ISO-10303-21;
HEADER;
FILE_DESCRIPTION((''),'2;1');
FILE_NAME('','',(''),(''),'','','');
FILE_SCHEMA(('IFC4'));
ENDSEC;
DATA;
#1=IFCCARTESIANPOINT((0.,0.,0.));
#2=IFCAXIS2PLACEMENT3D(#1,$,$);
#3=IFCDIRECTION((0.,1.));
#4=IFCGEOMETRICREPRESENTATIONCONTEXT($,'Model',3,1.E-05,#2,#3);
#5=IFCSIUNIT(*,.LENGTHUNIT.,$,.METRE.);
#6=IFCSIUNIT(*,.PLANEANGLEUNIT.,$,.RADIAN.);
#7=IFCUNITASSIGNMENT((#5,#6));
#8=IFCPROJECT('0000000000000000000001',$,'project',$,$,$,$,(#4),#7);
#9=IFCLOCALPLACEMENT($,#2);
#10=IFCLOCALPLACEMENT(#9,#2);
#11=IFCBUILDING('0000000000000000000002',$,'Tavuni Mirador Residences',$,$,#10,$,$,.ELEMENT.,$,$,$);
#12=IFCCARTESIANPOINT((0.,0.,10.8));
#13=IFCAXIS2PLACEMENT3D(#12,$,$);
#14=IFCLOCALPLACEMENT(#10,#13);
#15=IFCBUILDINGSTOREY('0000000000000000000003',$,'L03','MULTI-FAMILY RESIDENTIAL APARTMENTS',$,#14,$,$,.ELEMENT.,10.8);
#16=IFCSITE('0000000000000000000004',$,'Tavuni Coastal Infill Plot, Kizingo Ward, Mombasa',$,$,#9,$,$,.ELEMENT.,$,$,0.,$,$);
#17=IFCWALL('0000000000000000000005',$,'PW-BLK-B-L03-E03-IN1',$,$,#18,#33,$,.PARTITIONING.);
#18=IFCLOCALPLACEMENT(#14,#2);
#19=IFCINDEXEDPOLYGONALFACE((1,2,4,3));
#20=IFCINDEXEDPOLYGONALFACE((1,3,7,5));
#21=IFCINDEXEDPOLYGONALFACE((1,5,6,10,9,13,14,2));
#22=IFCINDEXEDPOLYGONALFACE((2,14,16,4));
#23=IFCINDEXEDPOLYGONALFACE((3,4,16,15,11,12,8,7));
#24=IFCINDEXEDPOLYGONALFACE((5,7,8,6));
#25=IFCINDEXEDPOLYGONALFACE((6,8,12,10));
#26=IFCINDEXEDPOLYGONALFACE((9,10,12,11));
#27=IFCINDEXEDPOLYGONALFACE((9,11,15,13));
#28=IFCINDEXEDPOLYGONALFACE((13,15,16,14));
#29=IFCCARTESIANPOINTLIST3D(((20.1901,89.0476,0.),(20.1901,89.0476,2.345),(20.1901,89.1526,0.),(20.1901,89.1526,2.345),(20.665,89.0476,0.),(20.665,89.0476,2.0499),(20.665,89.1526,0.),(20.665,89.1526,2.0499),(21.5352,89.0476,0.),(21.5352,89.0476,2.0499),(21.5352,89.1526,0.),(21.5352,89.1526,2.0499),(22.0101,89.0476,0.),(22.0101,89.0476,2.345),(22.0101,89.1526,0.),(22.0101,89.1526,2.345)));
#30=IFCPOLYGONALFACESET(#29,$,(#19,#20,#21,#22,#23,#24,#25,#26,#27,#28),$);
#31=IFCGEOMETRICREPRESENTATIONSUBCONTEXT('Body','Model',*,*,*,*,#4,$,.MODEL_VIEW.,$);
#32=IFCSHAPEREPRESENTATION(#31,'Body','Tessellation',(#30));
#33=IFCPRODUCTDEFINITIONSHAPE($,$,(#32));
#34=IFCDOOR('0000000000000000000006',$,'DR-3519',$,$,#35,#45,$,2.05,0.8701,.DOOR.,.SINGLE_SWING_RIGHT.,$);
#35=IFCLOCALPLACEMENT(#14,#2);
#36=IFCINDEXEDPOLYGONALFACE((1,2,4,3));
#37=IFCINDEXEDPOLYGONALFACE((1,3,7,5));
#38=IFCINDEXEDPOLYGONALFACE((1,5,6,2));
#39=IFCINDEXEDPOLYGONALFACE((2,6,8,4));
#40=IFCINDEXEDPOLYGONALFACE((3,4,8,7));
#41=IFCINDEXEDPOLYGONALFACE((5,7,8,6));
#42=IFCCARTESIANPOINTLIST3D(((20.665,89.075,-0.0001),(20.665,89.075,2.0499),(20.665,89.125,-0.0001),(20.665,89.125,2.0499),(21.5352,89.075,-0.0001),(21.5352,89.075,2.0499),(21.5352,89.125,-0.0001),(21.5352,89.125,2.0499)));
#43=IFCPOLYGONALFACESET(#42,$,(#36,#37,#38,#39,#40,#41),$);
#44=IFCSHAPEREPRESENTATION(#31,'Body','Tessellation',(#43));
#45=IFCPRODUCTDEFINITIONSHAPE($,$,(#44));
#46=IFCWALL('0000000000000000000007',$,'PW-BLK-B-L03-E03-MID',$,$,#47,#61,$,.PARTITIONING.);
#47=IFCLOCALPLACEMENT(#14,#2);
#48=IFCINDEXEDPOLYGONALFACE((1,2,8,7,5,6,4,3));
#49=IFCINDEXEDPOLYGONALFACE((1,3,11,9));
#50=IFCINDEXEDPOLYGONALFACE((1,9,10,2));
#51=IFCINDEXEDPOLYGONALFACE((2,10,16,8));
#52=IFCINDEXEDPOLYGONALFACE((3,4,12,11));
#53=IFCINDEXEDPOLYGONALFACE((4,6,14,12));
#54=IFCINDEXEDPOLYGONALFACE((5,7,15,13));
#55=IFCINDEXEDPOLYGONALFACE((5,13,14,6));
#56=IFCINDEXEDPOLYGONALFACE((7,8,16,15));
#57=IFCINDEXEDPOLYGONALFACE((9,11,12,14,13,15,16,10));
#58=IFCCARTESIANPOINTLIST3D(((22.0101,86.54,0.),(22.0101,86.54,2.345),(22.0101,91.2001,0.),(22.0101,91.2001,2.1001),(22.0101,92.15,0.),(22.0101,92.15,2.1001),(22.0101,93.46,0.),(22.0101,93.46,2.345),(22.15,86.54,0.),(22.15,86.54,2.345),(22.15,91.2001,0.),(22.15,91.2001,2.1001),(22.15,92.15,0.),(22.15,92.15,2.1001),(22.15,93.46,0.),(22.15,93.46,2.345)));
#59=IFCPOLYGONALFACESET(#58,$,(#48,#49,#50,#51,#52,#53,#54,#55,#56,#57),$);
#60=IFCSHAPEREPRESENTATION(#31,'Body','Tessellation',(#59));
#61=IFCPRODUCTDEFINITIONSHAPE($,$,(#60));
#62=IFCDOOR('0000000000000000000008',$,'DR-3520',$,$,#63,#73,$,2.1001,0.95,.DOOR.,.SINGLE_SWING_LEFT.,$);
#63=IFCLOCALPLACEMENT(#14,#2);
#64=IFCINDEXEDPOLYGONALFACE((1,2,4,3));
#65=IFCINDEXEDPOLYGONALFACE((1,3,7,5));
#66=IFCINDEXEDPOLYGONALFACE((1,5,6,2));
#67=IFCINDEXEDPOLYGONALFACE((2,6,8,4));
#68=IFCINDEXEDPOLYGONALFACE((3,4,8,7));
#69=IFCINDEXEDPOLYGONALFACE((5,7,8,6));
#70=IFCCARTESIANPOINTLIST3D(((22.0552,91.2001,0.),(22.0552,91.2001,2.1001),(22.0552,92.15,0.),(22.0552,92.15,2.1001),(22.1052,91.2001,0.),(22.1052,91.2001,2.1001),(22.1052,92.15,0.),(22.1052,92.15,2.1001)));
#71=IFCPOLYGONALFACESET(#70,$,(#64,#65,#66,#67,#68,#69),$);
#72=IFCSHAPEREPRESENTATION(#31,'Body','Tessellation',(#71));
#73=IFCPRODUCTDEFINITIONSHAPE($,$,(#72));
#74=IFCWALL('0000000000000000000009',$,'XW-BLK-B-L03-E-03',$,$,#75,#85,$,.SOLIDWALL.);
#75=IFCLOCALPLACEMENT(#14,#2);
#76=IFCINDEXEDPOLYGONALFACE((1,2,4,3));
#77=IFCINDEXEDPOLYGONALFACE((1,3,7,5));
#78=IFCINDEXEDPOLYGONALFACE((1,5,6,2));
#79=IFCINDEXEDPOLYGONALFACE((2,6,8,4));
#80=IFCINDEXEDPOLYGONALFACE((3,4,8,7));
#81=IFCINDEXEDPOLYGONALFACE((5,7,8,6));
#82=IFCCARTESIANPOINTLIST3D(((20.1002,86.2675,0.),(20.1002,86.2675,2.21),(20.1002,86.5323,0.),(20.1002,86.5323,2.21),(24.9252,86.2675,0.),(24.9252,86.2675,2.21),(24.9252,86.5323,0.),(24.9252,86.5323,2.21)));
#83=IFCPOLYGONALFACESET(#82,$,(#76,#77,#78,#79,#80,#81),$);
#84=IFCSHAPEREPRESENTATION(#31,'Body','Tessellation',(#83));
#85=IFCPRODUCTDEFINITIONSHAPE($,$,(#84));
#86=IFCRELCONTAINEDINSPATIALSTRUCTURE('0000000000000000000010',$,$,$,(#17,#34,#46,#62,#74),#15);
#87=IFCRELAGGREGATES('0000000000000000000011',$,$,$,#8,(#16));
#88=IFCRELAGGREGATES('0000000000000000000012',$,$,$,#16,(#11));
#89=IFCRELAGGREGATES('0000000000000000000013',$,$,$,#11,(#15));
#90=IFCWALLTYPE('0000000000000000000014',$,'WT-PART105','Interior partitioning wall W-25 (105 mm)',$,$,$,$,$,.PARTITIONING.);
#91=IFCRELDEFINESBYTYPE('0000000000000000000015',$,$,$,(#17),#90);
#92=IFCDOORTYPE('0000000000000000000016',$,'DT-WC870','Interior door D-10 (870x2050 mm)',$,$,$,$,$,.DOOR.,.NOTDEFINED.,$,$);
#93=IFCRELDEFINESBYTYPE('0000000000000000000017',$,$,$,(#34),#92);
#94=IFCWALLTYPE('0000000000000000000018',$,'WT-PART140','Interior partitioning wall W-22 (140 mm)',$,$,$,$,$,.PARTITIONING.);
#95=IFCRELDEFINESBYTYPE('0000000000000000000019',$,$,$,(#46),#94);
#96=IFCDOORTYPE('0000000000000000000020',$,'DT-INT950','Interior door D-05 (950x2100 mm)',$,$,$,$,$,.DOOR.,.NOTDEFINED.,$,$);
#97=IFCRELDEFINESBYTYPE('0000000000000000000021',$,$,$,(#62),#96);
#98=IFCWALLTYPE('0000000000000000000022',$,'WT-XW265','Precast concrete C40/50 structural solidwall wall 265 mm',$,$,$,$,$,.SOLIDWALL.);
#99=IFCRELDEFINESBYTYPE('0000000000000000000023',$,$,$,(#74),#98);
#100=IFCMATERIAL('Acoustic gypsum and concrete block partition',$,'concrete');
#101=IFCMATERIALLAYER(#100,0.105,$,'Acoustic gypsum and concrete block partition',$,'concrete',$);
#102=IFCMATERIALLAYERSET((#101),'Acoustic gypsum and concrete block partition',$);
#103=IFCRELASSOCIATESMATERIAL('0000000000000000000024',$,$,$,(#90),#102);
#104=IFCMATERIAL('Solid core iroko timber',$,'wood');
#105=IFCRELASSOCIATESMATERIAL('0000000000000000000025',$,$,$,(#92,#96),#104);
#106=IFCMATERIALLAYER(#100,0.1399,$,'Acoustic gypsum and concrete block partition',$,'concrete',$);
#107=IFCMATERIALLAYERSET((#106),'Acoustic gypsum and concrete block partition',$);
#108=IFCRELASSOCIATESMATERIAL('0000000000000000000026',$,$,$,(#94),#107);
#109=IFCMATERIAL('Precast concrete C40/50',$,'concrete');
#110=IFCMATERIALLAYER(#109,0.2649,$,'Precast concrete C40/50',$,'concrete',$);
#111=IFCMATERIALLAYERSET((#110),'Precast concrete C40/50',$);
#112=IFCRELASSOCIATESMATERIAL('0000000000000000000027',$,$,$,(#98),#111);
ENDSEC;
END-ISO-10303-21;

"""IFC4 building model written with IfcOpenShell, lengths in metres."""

from ifc_helpers import new_model, si_unit, direction, frame, frame_2d, origin, place, context, subcontext, project, spatial, rectangle, extrude, material, layer, layer_set, type_object, element, fill, save


model = new_model("IFC4")

# Units and contexts
model_context = context("Model", 3, precision=1e-05, world=origin(), true_north=direction((0.0, 1.0)))
body_context = subcontext(model_context, "Body", "Model", "MODEL_VIEW")
ifc_project = project(units=[si_unit("LENGTHUNIT", "METRE"), si_unit("PLANEANGLEUNIT", "RADIAN")], contexts=[model_context])

# Site, building, storey
site_placement = place(None, origin())
site = spatial("IfcSite", under=ifc_project, at=site_placement, Name="Tavuni Coastal Infill Plot, Kizingo Ward, Mombasa", CompositionType="ELEMENT", RefElevation=0.0)
building_placement = place(site_placement, origin())
building = spatial("IfcBuilding", under=site, at=building_placement, Name="Tavuni Mirador Residences", CompositionType="ELEMENT")
storey_placement = place(building_placement, frame((0.0, 0.0, 10.8)))
storey = spatial("IfcBuildingStorey", under=building, at=storey_placement, Name="L03", Description="MULTI-FAMILY RESIDENTIAL APARTMENTS", CompositionType="ELEMENT", Elevation=10.8)

# Shared definitions
ifc_material_1 = material(Name="Precast concrete C40/50", Category="concrete")

# Shared definitions
ifc_material_2 = material(Name="Solid core iroko timber", Category="wood")

# Walls, openings, doors
ifc_material_3 = material(Name="Acoustic gypsum and concrete block partition", Category="concrete")
ifc_layer_1 = layer(ifc_material_3, 0.105, Name="Acoustic gypsum and concrete block partition", Category="concrete")
ifc_layer_set_1 = layer_set([ifc_layer_1], Name="Acoustic gypsum and concrete block partition")
wall_type_1 = type_object("IfcWallType", Name="WT-PART105", Description="Interior partitioning wall W-25 (105 mm)", PredefinedType="PARTITIONING", material=ifc_layer_set_1)
wall_1_placement = place(storey_placement, frame((20.1899, 89.1001, 0.0), z_axis=(0.0, 0.0, 1.0), x_axis=(1.0, 0.0, 0.0)))
wall_1 = element("IfcWall", 1, at=wall_1_placement, inside=storey, type_object=wall_type_1, Name="PW-BLK-B-L03-E03-IN1", PredefinedType="PARTITIONING", context=body_context, shape_type="SweptSolid", body=[
    extrude(rectangle(XDim=1.8201, YDim=0.105, at=frame_2d((0.9102, 0.0))), origin(), (0.0, 0.0, 1.0), 2.345),
])
opening_1_placement = place(wall_1_placement, frame((0.4751, 0.0, 0.0)))
opening_1 = element("IfcOpeningElement", 2, at=opening_1_placement, cuts=wall_1, PredefinedType="OPENING", context=body_context, shape_type="SweptSolid", body=[
    extrude(rectangle(XDim=0.8701, YDim=2.05, at=frame_2d((0.4351, 1.0249))), frame((0.0, 0.0625, 0.0), z_axis=(0.0, -1.0, 0.0), x_axis=(1.0, 0.0, 0.0)), (0.0, 0.0, 1.0), 0.125),
])
door_type_1 = type_object("IfcDoorType", Name="DT-WC870", Description="Interior door D-10 (870x2050 mm)", OperationType="NOTDEFINED", PredefinedType="DOOR", material=ifc_material_2)
door_1_placement = place(opening_1_placement, origin())
door_1 = element("IfcDoor", 3, at=door_1_placement, inside=storey, type_object=door_type_1, Name="DR-3519", OperationType="SINGLE_SWING_RIGHT", OverallHeight=2.05, OverallWidth=0.8701, PredefinedType="DOOR", context=body_context, shape_type="SweptSolid", body=[
    extrude(rectangle(XDim=0.8701, YDim=2.05, at=frame_2d((0.4351, 1.0249))), frame((0.0, 0.0249, 0.0), z_axis=(0.0, -1.0, 0.0), x_axis=(1.0, 0.0, 0.0)), (0.0, 0.0, 1.0), 0.05),
])
fill(opening_1, door_1)
ifc_layer_2 = layer(ifc_material_3, 0.1399, Name="Acoustic gypsum and concrete block partition", Category="concrete")
ifc_layer_set_2 = layer_set([ifc_layer_2], Name="Acoustic gypsum and concrete block partition")
wall_type_2 = type_object("IfcWallType", Name="WT-PART140", Description="Interior partitioning wall W-22 (140 mm)", PredefinedType="PARTITIONING", material=ifc_layer_set_2)
wall_2_placement = place(storey_placement, frame((22.0801, 86.54, 0.0), z_axis=(0.0, 0.0, 1.0), x_axis=(0.0, 1.0, 0.0)))
wall_2 = element("IfcWall", 4, at=wall_2_placement, inside=storey, type_object=wall_type_2, Name="PW-BLK-B-L03-E03-MID", PredefinedType="PARTITIONING", context=body_context, shape_type="SweptSolid", body=[
    extrude(rectangle(XDim=6.9199, YDim=0.1399, at=frame_2d((3.46, 0.0))), origin(), (0.0, 0.0, 1.0), 2.345),
])
opening_2_placement = place(wall_2_placement, frame((4.6599, 0.0, 0.0)))
opening_2 = element("IfcOpeningElement", 5, at=opening_2_placement, cuts=wall_2, PredefinedType="OPENING", context=body_context, shape_type="SweptSolid", body=[
    extrude(rectangle(XDim=0.95, YDim=2.1001, at=frame_2d((0.4751, 1.05))), frame((0.0, 0.0801, 0.0), z_axis=(0.0, -1.0, 0.0), x_axis=(1.0, 0.0, 0.0)), (0.0, 0.0, 1.0), 0.1599),
])
door_type_2 = type_object("IfcDoorType", Name="DT-INT950", Description="Interior door D-05 (950x2100 mm)", OperationType="NOTDEFINED", PredefinedType="DOOR", material=ifc_material_2)
door_2_placement = place(opening_2_placement, origin())
door_2 = element("IfcDoor", 6, at=door_2_placement, inside=storey, type_object=door_type_2, Name="DR-3520", OperationType="SINGLE_SWING_LEFT", OverallHeight=2.1001, OverallWidth=0.95, PredefinedType="DOOR", context=body_context, shape_type="SweptSolid", body=[
    extrude(rectangle(XDim=0.95, YDim=2.1001, at=frame_2d((0.4751, 1.05))), frame((0.0, 0.0249, 0.0), z_axis=(0.0, -1.0, 0.0), x_axis=(1.0, 0.0, 0.0)), (0.0, 0.0, 1.0), 0.05),
])
fill(opening_2, door_2)

# Wall
ifc_layer_3 = layer(ifc_material_1, 0.2649, Name="Precast concrete C40/50", Category="concrete")
ifc_layer_set_3 = layer_set([ifc_layer_3], Name="Precast concrete C40/50")
wall_type_3 = type_object("IfcWallType", Name="WT-XW265", Description="Precast concrete C40/50 structural solidwall wall 265 mm", PredefinedType="SOLIDWALL", material=ifc_layer_set_3)
wall_3_placement = place(storey_placement, frame((20.1001, 86.3999, 0.0), z_axis=(0.0, 0.0, 1.0), x_axis=(1.0, 0.0, 0.0)))
element("IfcWall", 7, at=wall_3_placement, inside=storey, type_object=wall_type_3, Name="XW-BLK-B-L03-E-03", PredefinedType="SOLIDWALL", context=body_context, shape_type="SweptSolid", body=[
    extrude(rectangle(XDim=4.825, YDim=0.2649, at=frame_2d((2.4126, 0.0))), origin(), (0.0, 0.0, 1.0), 2.21),
])

save(model, "model.ifc")
